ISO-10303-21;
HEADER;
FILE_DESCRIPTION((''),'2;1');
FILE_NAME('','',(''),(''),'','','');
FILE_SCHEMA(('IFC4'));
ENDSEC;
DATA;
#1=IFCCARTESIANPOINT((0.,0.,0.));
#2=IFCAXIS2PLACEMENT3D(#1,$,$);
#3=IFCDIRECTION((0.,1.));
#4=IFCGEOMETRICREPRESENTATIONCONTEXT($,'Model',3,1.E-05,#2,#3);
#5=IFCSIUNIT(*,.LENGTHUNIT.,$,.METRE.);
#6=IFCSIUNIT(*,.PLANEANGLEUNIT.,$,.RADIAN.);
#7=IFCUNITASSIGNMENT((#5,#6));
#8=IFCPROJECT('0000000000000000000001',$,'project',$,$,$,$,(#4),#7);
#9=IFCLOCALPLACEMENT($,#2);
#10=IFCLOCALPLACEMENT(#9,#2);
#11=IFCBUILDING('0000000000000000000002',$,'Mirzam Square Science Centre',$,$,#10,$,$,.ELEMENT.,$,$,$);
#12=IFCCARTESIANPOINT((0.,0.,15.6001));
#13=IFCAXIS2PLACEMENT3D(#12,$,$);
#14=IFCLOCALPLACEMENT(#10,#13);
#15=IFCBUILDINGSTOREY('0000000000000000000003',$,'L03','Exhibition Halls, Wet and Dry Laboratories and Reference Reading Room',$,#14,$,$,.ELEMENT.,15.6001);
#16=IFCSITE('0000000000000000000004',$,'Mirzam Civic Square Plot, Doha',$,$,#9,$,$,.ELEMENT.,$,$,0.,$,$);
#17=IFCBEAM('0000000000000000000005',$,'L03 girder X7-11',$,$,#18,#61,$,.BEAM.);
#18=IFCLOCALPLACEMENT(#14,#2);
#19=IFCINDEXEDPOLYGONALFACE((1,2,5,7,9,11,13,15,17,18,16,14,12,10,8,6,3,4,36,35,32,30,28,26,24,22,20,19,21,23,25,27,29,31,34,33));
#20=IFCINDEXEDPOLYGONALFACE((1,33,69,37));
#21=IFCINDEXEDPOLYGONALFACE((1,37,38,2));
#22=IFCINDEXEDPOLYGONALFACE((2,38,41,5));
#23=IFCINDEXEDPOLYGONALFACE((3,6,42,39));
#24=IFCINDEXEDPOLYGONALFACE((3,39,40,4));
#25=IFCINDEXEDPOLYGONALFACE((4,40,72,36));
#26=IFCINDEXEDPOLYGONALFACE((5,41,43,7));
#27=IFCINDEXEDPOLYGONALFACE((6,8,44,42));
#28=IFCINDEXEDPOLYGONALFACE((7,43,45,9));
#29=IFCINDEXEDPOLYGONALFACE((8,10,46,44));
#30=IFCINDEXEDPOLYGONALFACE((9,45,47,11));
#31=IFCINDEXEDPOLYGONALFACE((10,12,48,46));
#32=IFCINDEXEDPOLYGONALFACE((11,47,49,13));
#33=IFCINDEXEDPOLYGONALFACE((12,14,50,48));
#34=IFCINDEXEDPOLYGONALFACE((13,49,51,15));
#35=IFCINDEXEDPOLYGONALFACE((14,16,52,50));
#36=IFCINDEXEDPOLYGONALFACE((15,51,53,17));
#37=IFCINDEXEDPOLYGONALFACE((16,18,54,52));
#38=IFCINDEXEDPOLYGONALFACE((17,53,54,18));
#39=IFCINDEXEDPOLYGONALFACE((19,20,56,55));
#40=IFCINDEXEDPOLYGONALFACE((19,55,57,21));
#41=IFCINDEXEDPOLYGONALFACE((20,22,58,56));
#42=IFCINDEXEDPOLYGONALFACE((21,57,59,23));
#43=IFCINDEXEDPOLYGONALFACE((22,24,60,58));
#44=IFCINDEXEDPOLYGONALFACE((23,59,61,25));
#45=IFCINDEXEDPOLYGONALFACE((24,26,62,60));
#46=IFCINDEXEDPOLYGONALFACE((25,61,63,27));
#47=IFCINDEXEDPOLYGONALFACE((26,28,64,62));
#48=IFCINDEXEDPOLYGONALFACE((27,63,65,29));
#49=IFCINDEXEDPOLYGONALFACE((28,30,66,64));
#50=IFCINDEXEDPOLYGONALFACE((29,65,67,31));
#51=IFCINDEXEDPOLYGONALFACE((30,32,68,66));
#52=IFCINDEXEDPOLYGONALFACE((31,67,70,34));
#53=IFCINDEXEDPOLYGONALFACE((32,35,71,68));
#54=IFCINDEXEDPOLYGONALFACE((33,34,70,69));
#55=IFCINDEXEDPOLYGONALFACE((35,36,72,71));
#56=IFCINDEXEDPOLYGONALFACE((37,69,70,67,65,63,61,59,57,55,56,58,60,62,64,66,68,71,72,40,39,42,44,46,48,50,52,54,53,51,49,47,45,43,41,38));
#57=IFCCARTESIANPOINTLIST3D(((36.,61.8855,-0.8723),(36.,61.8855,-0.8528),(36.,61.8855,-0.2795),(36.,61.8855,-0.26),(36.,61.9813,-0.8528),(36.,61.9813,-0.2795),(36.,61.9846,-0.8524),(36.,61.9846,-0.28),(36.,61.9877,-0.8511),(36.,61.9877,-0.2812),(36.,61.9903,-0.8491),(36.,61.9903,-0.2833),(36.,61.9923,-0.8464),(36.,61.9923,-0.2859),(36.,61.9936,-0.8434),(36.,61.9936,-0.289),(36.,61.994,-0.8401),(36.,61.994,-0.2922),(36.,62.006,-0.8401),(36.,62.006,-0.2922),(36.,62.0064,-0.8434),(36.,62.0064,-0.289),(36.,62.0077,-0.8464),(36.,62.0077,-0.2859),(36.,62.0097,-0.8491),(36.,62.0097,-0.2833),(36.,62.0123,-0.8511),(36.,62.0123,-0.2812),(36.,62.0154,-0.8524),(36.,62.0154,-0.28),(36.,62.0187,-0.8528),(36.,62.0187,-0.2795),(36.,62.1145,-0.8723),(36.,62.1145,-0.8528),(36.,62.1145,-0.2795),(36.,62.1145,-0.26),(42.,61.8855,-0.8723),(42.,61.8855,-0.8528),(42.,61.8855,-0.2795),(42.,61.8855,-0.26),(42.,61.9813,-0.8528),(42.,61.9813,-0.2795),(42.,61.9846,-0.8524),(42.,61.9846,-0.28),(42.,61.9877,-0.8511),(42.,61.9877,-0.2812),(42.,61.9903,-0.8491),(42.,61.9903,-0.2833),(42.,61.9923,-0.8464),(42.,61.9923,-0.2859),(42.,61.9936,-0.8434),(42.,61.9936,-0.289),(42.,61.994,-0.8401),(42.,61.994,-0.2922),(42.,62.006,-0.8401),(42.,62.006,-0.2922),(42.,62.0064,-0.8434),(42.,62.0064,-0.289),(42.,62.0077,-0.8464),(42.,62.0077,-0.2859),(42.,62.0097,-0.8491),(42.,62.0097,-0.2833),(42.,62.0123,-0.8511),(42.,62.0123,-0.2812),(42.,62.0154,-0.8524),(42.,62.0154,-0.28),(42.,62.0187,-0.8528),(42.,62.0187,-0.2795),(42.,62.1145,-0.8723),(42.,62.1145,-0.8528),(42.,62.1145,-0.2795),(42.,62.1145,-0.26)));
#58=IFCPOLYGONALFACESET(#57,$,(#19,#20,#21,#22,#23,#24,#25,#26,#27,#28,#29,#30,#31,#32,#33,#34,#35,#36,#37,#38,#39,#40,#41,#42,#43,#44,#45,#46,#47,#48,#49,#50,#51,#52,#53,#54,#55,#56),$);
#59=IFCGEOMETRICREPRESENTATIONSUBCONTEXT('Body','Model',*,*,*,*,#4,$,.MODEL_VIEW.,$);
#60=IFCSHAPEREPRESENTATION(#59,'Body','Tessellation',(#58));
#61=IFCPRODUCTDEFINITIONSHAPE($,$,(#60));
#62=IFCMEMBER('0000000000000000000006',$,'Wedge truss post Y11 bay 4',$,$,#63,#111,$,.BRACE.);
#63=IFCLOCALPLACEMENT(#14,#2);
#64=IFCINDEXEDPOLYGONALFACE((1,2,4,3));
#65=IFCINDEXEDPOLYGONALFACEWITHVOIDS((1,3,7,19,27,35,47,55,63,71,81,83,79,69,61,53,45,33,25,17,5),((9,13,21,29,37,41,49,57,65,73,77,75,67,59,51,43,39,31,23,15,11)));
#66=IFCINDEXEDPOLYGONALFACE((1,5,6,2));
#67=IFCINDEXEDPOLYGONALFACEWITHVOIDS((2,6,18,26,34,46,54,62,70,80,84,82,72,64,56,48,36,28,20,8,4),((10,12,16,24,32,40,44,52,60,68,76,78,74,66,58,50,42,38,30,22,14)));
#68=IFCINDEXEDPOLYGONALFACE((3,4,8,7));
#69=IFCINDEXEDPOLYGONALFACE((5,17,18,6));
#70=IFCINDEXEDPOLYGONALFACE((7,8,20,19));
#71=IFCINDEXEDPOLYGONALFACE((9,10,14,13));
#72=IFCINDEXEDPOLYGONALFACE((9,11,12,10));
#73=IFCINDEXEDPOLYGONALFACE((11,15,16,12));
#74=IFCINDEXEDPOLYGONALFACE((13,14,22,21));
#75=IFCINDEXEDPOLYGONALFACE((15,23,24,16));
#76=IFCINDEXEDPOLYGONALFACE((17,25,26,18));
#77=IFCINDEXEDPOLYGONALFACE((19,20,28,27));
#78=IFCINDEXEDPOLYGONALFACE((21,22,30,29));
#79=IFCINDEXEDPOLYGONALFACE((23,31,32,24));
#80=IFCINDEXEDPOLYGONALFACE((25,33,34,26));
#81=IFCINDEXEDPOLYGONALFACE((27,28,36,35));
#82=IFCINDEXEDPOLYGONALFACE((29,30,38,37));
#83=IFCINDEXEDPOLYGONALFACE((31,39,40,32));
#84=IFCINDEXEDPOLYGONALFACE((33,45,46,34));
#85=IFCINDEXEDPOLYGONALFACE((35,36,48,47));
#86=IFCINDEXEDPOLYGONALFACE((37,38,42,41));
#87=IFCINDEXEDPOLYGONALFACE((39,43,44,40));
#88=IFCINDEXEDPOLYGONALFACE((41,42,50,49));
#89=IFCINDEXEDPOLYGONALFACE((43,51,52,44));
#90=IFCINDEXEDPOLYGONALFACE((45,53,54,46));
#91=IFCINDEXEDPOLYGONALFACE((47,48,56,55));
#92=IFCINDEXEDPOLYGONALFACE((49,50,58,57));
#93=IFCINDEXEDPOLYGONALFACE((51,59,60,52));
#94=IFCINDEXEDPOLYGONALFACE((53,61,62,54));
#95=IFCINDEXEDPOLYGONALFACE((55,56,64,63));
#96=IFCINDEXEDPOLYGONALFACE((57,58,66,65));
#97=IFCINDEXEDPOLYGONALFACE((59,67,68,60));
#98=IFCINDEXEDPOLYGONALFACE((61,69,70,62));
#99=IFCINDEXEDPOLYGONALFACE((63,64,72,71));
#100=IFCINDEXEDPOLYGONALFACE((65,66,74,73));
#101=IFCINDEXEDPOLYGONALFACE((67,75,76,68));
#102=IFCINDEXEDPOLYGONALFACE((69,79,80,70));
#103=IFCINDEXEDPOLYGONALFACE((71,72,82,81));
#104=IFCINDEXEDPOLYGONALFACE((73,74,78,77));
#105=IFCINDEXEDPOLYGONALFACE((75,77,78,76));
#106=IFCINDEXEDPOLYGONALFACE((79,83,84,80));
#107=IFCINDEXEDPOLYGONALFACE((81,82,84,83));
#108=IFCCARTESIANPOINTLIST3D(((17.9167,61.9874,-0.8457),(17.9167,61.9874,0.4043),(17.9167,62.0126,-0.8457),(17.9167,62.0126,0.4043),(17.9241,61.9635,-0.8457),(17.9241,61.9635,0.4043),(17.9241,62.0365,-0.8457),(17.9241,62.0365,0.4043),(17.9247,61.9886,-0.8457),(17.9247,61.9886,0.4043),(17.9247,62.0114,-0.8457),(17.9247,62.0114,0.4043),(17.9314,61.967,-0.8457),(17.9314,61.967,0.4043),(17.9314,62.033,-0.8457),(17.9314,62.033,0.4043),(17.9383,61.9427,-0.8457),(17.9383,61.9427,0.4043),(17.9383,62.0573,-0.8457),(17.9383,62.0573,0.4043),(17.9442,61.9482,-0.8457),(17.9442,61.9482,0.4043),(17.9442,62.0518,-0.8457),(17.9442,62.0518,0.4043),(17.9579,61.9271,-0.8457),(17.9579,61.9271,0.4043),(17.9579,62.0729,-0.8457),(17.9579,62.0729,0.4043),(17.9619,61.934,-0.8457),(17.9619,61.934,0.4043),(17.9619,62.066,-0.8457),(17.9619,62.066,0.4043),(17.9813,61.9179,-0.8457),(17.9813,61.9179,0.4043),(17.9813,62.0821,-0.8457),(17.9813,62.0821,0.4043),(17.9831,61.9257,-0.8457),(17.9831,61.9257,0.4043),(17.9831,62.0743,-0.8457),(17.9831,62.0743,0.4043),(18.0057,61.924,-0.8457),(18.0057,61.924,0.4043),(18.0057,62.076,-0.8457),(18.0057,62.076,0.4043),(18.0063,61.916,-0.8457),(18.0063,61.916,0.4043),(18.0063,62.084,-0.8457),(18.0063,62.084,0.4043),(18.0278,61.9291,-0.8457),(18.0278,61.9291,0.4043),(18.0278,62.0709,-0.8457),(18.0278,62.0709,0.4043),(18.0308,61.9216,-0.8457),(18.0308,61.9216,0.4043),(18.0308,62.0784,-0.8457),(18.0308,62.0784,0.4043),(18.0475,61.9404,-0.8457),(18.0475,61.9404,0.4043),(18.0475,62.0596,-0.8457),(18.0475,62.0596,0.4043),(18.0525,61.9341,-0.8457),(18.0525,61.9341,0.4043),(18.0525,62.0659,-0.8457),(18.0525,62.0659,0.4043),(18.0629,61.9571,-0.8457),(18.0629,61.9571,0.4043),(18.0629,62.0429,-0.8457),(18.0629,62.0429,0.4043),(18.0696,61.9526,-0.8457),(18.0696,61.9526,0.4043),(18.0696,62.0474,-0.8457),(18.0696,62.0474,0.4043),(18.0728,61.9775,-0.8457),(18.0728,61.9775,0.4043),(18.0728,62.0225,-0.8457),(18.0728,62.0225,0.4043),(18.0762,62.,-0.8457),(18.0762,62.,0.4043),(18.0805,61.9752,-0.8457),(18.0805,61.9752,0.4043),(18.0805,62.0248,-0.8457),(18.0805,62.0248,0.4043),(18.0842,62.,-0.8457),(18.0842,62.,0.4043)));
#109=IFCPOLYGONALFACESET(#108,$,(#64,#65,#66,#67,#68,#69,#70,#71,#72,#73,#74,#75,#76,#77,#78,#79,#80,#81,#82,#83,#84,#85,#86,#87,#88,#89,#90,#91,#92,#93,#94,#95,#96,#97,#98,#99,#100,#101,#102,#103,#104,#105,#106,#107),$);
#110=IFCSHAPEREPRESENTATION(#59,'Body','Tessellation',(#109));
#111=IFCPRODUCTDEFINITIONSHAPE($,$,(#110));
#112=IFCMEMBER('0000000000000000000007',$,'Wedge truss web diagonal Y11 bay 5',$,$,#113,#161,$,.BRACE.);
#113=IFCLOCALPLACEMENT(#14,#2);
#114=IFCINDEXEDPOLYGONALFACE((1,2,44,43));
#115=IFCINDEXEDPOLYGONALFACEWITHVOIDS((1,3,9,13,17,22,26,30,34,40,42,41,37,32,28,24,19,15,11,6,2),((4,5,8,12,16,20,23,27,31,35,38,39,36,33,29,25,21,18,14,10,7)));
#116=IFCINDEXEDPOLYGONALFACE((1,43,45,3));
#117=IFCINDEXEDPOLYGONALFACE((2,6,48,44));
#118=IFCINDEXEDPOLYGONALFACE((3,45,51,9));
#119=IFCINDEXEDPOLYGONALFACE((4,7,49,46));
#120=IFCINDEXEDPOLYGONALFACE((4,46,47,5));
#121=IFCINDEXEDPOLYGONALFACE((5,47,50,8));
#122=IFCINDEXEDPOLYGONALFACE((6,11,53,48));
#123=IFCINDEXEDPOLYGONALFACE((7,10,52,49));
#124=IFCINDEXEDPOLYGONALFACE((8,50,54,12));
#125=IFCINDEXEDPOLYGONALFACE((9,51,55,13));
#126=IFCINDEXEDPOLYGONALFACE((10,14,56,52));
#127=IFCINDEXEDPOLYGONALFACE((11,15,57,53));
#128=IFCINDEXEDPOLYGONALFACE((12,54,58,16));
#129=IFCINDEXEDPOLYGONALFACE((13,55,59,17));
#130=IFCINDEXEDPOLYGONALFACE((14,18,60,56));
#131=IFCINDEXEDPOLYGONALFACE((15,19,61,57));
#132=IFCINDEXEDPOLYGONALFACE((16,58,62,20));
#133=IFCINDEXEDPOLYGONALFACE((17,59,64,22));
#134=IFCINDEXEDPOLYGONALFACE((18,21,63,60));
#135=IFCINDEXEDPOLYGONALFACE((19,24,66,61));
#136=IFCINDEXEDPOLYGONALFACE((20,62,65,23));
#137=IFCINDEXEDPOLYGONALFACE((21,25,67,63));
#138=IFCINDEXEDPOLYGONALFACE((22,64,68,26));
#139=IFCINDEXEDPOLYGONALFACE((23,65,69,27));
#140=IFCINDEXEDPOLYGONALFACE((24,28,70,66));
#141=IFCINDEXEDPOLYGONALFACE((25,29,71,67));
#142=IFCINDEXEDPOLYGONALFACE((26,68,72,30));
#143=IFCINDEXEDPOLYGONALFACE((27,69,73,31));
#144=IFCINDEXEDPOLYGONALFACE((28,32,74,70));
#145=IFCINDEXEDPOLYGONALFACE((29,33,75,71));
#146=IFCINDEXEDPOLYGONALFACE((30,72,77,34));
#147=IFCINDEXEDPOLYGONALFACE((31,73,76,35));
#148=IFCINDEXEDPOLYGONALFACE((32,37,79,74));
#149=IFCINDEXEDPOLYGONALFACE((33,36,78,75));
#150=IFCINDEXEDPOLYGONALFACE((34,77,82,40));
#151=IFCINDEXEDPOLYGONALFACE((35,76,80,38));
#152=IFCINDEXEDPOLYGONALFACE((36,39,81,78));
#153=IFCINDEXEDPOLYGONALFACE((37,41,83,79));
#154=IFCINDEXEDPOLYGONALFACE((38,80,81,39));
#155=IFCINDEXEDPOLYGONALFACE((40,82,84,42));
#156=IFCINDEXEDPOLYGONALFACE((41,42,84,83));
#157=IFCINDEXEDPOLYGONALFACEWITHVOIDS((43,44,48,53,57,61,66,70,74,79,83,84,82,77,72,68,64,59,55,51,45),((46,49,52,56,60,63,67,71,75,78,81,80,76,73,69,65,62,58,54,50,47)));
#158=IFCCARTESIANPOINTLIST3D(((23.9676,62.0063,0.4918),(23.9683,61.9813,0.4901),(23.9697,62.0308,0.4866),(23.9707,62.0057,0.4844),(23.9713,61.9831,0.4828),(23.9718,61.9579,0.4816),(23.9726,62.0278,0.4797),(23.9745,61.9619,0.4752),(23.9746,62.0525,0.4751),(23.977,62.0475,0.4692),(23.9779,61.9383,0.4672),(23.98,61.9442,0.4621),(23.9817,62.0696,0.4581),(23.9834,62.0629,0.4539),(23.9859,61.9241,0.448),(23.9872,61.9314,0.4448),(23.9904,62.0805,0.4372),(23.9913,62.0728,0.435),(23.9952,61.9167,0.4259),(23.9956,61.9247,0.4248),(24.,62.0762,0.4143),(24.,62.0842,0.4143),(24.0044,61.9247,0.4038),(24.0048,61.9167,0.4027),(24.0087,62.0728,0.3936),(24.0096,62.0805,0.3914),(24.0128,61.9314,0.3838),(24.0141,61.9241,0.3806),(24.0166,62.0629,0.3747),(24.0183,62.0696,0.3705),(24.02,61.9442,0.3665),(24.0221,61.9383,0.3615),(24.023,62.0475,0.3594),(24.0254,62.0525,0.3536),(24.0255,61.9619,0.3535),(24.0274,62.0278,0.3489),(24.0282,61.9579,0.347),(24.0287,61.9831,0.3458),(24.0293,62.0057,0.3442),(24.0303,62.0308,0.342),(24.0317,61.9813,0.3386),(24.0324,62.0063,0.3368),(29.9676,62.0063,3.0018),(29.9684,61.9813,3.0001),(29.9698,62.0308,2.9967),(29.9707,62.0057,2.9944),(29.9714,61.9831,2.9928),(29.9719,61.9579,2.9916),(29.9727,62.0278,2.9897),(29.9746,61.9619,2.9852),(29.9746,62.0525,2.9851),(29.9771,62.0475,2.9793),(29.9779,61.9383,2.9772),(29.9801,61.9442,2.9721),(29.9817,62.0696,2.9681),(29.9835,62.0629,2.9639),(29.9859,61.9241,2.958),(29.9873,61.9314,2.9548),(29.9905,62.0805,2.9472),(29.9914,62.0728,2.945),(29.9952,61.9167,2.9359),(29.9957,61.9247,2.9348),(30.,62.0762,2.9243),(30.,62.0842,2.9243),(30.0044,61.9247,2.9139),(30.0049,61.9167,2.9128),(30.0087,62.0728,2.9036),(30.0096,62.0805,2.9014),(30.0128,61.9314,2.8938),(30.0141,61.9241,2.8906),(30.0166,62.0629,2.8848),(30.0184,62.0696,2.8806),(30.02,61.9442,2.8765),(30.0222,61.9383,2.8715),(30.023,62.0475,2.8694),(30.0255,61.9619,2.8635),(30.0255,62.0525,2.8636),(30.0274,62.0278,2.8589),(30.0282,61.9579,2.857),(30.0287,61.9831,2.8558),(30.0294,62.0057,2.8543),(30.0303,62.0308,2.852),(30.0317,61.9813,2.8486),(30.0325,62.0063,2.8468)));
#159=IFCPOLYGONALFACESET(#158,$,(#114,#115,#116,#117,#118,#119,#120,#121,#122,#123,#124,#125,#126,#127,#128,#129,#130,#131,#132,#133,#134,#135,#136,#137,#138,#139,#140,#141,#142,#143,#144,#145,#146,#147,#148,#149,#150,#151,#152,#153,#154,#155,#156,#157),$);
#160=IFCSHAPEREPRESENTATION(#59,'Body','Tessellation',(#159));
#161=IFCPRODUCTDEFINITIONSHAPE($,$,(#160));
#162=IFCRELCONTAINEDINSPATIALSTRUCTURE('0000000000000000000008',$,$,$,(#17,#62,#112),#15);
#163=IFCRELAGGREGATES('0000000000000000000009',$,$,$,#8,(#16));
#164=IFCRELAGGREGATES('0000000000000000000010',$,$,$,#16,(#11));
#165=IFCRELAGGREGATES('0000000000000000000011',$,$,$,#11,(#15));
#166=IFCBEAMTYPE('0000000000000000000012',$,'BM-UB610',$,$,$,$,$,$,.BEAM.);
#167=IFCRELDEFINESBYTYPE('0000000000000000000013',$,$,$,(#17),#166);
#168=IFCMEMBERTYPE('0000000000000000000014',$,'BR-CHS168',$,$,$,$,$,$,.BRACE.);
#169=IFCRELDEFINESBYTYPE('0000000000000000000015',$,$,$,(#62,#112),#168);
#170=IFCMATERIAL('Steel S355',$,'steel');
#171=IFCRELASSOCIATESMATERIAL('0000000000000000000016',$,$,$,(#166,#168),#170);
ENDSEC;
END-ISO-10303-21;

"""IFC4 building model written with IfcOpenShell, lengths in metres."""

from ifc_helpers import new_model, si_unit, direction, frame, origin, origin_2d, place, context, subcontext, project, spatial, hollow_circle, i_section, extrude, material, material_profile, profile_set, type_object, element, save


model = new_model("IFC4")

# Units and contexts
model_context = context("Model", 3, precision=1e-05, world=origin(), true_north=direction((0.0, 1.0)))
body_context = subcontext(model_context, "Body", "Model", "MODEL_VIEW")
ifc_project = project(units=[si_unit("LENGTHUNIT", "METRE"), si_unit("PLANEANGLEUNIT", "RADIAN")], contexts=[model_context])

# Site, building, storey
site_placement = place(None, origin())
site = spatial("IfcSite", under=ifc_project, at=site_placement, Name="Mirzam Civic Square Plot, Doha", CompositionType="ELEMENT", RefElevation=0.0)
building_placement = place(site_placement, origin())
building = spatial("IfcBuilding", under=site, at=building_placement, Name="Mirzam Square Science Centre", CompositionType="ELEMENT")
storey_placement = place(building_placement, frame((0.0, 0.0, 15.6001)))
storey = spatial("IfcBuildingStorey", under=building, at=storey_placement, Name="L03", Description="Exhibition Halls, Wet and Dry Laboratories and Reference Reading Room", CompositionType="ELEMENT", Elevation=15.6001)

# Shared definitions
ifc_material_1 = material(Name="Steel S355", Category="steel")

# Beam
ifc_material_profile_1 = material_profile(ifc_material_1, i_section(OverallWidth=0.229, OverallDepth=0.6123, WebThickness=0.012, FlangeThickness=0.0195, FilletRadius=0.0127, at=origin_2d()), Name="610x229x125UB")
ifc_profile_set_1 = profile_set([ifc_material_profile_1], Name="Steel S355")
beam_type_1 = type_object("IfcBeamType", Name="BM-UB610", PredefinedType="BEAM", material=ifc_profile_set_1)
beam_1_placement = place(storey_placement, frame((36.0, 62.0, -0.5662), z_axis=(1.0, 0.0, 0.0), x_axis=(0.0, 1.0, 0.0)))
element("IfcBeam", 1, at=beam_1_placement, inside=storey, type_object=beam_type_1, Name="L03 girder X7-11", PredefinedType="BEAM", context=body_context, shape_type="SweptSolid", body=[
    extrude(i_section(OverallWidth=0.229, OverallDepth=0.6123, WebThickness=0.012, FlangeThickness=0.0195, FilletRadius=0.0127, at=origin_2d()), origin(), (0.0, 0.0, 1.0), 6.0),
])

# Members
ifc_material_profile_2 = material_profile(ifc_material_1, hollow_circle(Radius=0.0842, WallThickness=0.0081, at=origin_2d()), Name="168.3x8.0CHS")
ifc_profile_set_2 = profile_set([ifc_material_profile_2], Name="Steel S355")
member_type_1 = type_object("IfcMemberType", Name="BR-CHS168", PredefinedType="BRACE", material=ifc_profile_set_2)
member_1_placement = place(storey_placement, frame((18.0, 62.0, -0.8457), z_axis=(0.0, 0.0, 1.0), x_axis=(1.0, 0.0, 0.0)))
element("IfcMember", 2, at=member_1_placement, inside=storey, type_object=member_type_1, Name="Wedge truss post Y11 bay 4", PredefinedType="BRACE", context=body_context, shape_type="SweptSolid", body=[
    extrude(hollow_circle(Radius=0.0842, WallThickness=0.0081, at=origin_2d()), origin(), (0.0, 0.0, 1.0), 1.25),
])
member_2_placement = place(storey_placement, frame((24.0, 62.0, 0.4143), z_axis=(0.92253, 0.0, 0.385926), x_axis=(0.0, 1.0, 0.0)))
element("IfcMember", 3, at=member_2_placement, inside=storey, type_object=member_type_1, Name="Wedge truss web diagonal Y11 bay 5", PredefinedType="BRACE", context=body_context, shape_type="SweptSolid", body=[
    extrude(hollow_circle(Radius=0.0842, WallThickness=0.0081, at=origin_2d()), origin(), (0.0, 0.0, 1.0), 6.5039),
])

save(model, "model.ifc")
